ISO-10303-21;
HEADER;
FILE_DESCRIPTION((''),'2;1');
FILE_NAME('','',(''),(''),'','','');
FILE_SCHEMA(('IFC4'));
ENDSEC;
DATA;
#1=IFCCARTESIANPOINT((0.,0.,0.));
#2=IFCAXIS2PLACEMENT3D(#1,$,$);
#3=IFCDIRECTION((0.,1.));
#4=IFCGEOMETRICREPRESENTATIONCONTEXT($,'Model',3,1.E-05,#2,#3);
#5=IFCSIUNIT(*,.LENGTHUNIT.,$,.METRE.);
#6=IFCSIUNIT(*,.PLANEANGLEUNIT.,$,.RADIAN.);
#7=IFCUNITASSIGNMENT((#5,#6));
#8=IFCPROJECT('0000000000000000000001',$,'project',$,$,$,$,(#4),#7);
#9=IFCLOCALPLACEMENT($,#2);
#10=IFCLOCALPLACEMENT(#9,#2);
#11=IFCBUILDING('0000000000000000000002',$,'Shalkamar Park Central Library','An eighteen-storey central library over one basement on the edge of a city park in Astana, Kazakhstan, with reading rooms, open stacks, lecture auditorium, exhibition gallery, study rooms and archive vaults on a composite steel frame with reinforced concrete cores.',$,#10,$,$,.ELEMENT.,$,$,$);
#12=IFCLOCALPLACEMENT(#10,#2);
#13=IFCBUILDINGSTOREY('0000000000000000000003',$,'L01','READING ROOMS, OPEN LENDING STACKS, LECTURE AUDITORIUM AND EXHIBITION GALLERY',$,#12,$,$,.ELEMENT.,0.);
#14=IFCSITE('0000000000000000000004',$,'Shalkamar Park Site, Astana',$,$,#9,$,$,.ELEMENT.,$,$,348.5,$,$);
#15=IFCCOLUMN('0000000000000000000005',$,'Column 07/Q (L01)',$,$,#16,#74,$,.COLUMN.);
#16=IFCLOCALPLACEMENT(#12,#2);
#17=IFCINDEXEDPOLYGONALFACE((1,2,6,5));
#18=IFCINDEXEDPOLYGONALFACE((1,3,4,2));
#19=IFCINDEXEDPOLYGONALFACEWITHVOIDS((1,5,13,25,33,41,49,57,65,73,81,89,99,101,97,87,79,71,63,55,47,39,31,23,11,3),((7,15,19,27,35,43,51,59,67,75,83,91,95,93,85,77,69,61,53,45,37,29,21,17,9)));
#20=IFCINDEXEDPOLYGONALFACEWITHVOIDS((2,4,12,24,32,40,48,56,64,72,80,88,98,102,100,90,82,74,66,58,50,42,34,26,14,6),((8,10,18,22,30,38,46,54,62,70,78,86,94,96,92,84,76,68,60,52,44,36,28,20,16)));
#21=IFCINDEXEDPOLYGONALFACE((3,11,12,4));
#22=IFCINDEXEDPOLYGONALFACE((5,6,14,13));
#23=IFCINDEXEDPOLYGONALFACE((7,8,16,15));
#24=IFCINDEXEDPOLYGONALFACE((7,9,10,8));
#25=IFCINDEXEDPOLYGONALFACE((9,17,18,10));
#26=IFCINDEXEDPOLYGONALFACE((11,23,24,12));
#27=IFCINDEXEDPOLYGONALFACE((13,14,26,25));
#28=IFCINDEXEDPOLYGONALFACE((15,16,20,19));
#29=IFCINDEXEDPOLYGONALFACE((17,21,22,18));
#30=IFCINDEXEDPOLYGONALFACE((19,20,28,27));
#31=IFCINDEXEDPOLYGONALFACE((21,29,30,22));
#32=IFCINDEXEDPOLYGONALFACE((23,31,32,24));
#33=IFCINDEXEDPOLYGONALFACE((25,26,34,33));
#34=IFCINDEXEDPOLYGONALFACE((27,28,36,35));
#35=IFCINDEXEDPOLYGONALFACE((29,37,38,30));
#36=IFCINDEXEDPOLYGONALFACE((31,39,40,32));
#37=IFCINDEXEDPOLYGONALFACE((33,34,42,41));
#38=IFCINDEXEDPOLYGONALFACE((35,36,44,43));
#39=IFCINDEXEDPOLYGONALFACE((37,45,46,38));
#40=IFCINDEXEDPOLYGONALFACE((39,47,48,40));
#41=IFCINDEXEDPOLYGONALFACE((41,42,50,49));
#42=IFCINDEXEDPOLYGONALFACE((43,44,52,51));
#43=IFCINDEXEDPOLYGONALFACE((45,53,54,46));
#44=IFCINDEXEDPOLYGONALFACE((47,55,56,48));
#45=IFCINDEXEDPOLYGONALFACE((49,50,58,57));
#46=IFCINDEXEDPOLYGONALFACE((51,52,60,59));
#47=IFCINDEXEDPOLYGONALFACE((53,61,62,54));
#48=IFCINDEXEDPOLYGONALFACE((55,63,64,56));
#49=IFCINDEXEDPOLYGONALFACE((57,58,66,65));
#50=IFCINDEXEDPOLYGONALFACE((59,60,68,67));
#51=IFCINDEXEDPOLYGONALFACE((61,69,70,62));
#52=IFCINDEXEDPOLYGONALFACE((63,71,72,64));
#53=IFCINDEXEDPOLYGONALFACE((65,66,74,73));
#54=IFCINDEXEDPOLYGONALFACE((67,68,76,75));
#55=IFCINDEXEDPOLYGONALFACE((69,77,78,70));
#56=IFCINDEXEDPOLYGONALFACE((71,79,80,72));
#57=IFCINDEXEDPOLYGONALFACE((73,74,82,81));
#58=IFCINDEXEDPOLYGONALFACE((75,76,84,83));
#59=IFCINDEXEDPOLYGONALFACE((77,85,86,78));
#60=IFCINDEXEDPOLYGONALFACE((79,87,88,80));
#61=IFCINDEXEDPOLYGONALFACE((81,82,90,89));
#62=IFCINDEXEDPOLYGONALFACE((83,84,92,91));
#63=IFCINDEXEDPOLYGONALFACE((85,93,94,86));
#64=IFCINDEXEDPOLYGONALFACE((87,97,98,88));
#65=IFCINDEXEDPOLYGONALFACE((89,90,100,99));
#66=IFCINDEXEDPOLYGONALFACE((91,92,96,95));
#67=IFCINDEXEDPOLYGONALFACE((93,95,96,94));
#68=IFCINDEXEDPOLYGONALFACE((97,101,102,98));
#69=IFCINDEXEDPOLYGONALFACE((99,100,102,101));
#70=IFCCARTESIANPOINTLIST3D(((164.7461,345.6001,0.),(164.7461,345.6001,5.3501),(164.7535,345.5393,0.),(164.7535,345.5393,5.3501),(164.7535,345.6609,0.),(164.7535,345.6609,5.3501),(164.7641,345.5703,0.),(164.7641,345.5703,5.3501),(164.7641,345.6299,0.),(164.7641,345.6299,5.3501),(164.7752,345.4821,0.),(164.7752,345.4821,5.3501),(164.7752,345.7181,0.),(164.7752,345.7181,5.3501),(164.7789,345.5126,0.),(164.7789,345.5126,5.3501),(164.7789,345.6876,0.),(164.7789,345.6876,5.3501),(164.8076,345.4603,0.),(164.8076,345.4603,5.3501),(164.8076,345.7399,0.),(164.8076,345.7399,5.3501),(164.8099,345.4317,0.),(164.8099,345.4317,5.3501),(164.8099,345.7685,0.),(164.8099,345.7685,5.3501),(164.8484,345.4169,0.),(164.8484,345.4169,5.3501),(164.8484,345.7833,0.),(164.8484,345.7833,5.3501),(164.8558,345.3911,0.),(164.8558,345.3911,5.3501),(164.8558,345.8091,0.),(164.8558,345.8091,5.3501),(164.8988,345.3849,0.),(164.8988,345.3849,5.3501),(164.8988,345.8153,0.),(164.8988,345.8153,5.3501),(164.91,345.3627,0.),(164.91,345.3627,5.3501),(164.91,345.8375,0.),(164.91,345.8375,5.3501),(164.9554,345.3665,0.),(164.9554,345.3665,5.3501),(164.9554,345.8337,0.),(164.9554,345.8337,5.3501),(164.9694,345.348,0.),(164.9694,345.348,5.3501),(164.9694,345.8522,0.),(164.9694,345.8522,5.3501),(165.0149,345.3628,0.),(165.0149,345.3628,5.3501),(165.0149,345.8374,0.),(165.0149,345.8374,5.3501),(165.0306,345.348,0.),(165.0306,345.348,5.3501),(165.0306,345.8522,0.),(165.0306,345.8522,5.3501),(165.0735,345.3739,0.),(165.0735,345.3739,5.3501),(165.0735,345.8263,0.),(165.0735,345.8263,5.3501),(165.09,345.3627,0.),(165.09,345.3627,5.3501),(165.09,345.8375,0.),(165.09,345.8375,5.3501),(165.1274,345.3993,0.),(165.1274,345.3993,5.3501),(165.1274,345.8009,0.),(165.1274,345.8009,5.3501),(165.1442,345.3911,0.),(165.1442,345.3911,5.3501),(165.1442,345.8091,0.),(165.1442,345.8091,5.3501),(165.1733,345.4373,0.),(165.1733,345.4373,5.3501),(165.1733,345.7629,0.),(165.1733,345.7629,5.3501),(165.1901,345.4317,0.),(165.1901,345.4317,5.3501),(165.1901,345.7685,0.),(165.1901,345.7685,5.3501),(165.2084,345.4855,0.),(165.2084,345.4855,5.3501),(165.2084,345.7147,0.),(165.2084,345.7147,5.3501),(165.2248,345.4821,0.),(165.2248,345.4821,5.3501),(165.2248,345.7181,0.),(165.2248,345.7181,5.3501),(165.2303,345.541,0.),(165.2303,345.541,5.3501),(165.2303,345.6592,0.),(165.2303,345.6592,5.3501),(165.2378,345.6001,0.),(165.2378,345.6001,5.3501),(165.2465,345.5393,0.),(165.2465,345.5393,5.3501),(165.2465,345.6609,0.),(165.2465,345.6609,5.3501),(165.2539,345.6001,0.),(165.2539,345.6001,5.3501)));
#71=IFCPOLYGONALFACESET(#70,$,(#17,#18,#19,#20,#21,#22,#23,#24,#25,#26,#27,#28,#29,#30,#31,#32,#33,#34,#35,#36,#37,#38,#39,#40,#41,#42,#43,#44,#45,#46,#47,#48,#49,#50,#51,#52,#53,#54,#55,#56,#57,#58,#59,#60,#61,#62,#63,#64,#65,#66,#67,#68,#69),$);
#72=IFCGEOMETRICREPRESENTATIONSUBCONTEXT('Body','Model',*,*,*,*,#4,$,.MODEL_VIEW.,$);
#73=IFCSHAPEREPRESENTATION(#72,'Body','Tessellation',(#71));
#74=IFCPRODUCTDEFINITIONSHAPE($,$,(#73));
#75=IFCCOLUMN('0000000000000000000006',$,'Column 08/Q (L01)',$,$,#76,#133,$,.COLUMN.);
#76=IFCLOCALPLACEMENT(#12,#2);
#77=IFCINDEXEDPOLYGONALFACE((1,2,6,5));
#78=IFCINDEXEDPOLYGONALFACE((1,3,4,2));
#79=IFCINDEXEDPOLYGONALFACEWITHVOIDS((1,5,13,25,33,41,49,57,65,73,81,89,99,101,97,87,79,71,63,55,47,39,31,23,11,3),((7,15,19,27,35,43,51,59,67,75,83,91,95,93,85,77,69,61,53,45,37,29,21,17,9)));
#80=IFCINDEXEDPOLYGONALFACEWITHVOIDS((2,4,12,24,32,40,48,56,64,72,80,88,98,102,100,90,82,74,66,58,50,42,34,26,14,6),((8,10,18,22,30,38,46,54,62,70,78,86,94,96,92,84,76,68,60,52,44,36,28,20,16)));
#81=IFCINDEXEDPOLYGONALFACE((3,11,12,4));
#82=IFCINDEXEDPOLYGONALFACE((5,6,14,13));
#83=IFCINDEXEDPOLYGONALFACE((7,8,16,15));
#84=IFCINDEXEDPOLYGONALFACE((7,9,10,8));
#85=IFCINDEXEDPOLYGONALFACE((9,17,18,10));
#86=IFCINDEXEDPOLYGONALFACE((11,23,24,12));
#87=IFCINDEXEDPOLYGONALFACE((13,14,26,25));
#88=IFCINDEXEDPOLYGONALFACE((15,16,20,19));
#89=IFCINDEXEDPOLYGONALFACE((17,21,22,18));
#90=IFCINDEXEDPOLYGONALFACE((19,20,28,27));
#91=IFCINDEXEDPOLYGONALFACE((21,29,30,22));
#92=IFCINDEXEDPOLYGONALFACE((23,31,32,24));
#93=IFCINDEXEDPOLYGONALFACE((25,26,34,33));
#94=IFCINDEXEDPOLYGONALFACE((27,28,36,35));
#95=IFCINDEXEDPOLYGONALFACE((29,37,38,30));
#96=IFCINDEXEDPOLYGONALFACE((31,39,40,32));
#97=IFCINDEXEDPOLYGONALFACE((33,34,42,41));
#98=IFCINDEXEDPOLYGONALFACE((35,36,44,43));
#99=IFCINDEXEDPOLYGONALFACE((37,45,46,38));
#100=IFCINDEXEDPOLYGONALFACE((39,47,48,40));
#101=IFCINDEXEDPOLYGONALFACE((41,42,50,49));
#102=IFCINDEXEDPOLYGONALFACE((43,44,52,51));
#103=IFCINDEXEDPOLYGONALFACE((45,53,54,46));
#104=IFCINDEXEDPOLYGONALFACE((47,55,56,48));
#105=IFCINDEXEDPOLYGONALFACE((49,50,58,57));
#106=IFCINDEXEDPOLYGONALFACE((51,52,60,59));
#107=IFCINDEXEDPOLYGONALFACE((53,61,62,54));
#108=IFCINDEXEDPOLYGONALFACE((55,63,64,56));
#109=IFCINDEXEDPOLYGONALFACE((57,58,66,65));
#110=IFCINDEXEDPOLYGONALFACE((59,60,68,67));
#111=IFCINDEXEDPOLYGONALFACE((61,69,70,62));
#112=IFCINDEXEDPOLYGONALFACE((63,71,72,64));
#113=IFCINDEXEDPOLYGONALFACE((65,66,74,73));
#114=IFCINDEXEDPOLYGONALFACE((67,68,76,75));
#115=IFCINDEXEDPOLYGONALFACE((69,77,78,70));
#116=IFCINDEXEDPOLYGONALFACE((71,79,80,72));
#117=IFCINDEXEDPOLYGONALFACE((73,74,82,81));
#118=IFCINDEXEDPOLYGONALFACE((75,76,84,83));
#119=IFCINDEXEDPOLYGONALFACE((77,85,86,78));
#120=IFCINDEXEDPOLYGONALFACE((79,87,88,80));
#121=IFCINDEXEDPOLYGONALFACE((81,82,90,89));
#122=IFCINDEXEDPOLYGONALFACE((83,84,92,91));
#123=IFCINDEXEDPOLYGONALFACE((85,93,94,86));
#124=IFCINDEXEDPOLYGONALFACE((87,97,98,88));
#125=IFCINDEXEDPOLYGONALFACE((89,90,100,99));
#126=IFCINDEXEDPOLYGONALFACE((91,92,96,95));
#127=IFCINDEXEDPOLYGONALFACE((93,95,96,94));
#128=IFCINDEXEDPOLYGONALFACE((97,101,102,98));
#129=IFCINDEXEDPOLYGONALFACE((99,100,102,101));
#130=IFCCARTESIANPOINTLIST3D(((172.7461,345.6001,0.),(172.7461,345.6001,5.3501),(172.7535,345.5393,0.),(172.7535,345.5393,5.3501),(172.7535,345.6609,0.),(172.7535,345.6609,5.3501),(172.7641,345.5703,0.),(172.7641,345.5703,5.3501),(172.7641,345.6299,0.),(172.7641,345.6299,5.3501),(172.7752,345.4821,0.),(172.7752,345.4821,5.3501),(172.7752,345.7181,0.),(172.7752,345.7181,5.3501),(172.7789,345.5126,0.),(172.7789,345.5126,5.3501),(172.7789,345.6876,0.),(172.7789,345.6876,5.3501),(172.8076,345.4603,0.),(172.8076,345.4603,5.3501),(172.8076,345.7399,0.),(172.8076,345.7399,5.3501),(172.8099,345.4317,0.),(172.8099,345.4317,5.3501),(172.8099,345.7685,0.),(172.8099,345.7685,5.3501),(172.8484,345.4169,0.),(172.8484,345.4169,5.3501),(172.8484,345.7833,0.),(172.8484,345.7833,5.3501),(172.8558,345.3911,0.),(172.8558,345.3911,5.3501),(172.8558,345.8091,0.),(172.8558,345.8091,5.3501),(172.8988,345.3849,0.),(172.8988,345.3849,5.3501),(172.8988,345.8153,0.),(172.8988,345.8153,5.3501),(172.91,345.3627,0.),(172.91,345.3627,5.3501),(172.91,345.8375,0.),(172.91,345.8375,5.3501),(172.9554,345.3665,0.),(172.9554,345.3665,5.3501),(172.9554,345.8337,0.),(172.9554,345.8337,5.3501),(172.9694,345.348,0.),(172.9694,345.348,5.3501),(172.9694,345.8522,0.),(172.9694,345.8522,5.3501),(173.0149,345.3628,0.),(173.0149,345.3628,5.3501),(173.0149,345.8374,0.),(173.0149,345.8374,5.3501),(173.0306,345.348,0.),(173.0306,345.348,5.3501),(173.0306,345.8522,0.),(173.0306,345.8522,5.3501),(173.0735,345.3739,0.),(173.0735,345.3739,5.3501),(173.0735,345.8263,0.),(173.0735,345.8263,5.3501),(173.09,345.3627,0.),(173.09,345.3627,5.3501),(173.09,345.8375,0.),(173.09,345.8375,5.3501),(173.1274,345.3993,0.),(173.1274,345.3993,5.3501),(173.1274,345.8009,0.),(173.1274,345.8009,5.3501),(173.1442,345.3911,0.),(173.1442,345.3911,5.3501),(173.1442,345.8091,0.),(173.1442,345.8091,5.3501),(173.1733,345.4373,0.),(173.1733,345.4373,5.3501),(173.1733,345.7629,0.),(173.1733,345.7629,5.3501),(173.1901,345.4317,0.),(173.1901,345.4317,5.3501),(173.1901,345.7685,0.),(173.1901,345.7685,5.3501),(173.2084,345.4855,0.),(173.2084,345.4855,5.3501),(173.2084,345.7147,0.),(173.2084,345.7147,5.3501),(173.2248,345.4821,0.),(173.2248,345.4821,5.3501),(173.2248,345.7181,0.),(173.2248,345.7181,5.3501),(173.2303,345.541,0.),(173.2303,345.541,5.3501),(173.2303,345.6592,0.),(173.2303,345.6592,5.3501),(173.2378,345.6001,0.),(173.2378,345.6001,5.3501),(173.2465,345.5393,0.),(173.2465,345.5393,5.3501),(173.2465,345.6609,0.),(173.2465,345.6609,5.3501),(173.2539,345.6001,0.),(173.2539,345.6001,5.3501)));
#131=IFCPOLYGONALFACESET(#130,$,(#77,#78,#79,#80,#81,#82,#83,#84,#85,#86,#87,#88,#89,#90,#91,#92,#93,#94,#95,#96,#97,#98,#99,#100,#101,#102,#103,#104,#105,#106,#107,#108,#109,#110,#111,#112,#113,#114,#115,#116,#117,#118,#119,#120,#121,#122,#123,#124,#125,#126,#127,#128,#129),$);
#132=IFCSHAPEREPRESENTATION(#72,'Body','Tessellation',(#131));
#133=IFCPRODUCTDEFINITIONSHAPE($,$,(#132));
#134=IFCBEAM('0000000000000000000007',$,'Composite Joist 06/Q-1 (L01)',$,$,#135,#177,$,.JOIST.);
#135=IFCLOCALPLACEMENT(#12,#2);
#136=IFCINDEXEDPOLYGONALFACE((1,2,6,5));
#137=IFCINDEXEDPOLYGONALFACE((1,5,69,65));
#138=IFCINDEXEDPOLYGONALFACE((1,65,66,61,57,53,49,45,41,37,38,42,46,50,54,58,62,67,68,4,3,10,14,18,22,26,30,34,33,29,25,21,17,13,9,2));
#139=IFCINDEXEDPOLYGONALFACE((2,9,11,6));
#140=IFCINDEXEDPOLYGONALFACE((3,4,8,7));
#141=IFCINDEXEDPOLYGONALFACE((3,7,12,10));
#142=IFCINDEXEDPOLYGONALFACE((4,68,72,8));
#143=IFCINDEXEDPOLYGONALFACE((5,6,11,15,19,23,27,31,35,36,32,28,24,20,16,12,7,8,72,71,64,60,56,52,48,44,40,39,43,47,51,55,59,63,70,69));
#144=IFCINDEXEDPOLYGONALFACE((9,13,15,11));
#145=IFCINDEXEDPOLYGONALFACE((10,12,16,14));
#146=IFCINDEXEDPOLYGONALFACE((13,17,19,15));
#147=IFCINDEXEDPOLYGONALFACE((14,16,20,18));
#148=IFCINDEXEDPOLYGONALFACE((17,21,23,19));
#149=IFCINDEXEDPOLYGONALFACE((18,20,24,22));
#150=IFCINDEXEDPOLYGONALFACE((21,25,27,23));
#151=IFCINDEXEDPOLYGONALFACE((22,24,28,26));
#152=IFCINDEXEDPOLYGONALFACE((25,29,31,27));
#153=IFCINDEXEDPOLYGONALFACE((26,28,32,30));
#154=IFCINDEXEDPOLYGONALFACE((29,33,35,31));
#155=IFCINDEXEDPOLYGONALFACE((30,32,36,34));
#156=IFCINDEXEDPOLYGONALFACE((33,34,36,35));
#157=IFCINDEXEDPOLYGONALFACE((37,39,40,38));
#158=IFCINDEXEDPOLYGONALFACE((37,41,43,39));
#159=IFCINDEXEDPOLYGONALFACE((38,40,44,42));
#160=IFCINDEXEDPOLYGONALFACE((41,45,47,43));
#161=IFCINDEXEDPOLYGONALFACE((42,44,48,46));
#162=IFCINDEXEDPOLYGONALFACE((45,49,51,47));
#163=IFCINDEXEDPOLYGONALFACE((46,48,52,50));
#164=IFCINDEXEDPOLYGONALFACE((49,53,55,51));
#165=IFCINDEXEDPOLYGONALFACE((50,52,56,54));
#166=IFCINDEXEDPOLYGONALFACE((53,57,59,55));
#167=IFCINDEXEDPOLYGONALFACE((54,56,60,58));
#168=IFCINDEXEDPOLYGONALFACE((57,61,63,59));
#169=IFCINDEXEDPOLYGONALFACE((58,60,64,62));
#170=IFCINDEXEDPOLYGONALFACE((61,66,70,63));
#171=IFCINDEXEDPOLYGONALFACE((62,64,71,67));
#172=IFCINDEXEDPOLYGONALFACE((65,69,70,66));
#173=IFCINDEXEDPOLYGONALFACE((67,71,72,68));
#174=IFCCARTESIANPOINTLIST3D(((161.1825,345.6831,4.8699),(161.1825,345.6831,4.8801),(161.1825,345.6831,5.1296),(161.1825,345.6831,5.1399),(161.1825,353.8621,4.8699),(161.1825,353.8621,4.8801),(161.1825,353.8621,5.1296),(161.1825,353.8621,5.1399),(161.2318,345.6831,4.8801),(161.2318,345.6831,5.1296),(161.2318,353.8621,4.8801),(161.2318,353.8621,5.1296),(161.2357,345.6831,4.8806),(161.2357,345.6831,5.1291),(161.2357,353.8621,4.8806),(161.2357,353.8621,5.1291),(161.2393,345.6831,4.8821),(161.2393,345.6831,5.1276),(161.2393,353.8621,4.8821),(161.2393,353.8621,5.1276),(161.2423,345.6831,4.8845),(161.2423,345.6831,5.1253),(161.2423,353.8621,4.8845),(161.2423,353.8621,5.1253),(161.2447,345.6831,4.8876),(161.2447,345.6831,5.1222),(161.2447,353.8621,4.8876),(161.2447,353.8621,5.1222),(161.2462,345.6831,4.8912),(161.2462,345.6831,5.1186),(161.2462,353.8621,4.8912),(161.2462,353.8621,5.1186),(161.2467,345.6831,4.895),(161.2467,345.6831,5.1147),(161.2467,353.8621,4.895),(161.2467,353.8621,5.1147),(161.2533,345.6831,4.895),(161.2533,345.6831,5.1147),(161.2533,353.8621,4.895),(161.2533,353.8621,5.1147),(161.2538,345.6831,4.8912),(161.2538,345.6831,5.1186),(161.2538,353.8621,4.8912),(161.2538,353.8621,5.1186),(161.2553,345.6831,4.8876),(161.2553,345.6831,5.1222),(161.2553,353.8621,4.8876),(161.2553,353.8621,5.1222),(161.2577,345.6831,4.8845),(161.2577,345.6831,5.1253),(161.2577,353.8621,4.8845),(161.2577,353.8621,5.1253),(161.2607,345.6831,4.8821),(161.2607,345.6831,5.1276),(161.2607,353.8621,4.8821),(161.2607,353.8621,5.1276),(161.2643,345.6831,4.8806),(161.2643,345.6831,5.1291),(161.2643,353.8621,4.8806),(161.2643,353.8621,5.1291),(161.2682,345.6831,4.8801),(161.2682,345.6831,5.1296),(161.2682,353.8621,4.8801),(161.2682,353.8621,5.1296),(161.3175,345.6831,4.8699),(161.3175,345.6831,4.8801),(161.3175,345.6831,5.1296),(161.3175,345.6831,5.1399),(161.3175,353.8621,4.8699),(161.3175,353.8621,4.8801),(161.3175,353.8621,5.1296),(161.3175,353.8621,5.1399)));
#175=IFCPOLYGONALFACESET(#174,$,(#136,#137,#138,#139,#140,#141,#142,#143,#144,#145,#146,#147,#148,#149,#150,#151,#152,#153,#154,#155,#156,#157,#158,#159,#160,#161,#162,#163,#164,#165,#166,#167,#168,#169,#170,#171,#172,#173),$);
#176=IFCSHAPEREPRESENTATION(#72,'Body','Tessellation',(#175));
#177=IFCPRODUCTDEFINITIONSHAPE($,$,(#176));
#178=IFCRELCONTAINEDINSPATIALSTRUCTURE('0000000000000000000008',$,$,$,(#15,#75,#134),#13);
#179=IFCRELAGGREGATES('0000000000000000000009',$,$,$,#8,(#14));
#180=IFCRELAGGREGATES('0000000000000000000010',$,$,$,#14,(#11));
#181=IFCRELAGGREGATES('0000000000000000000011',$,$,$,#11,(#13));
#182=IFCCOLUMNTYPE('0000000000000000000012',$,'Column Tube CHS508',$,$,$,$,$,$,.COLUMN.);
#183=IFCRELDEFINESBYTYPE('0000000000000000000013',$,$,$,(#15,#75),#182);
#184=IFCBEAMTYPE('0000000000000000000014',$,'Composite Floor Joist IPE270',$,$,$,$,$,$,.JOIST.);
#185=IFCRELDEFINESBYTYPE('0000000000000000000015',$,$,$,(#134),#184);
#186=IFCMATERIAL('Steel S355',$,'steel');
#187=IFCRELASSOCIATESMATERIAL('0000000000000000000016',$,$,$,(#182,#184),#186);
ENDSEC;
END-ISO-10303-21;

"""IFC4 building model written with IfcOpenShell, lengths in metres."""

from ifc_helpers import new_model, si_unit, direction, frame, origin, origin_2d, place, context, subcontext, project, spatial, hollow_circle, i_section, extrude, material, material_profile, profile_set, type_object, element, save


model = new_model("IFC4")

# Units and contexts
model_context = context("Model", 3, precision=1e-05, world=origin(), true_north=direction((0.0, 1.0)))
body_context = subcontext(model_context, "Body", "Model", "MODEL_VIEW")
ifc_project = project(units=[si_unit("LENGTHUNIT", "METRE"), si_unit("PLANEANGLEUNIT", "RADIAN")], contexts=[model_context])

# Site, building, storey
site_placement = place(None, origin())
site = spatial("IfcSite", under=ifc_project, at=site_placement, Name="Shalkamar Park Site, Astana", CompositionType="ELEMENT", RefElevation=348.5)
building_placement = place(site_placement, origin())
building = spatial("IfcBuilding", under=site, at=building_placement, Name="Shalkamar Park Central Library", Description="An eighteen-storey central library over one basement on the edge of a city park in Astana, Kazakhstan, with reading rooms, open stacks, lecture auditorium, exhibition gallery, study rooms and archive vaults on a composite steel frame with reinforced concrete cores.", CompositionType="ELEMENT")
storey_placement = place(building_placement, origin())
storey = spatial("IfcBuildingStorey", under=building, at=storey_placement, Name="L01", Description="READING ROOMS, OPEN LENDING STACKS, LECTURE AUDITORIUM AND EXHIBITION GALLERY", CompositionType="ELEMENT", Elevation=0.0)

# Columns
ifc_material_1 = material(Name="Steel S355", Category="steel")
ifc_material_profile_1 = material_profile(ifc_material_1, hollow_circle(Radius=0.2539, WallThickness=0.0161, at=origin_2d()), Name="CHS 508x16")
ifc_profile_set_1 = profile_set([ifc_material_profile_1], Name="Steel S355")
column_type = type_object("IfcColumnType", Name="Column Tube CHS508", PredefinedType="COLUMN", material=ifc_profile_set_1)
for number, where, z_axis, x_axis, name in (
    (1, (165.0, 345.6001, 0.0), (0.0, 0.0, 1.0), (1.0, 0.0, 0.0), "Column 07/Q (L01)"),
    (2, (173.0, 345.6001, 0.0), (0.0, 0.0, 1.0), (1.0, 0.0, 0.0), "Column 08/Q (L01)"),
):
    element("IfcColumn", number, at=place(storey_placement, frame(where, z_axis=z_axis, x_axis=x_axis)), inside=storey, type_object=column_type, Name=name, PredefinedType="COLUMN", context=body_context, shape_type="SweptSolid", body=[
        extrude(hollow_circle(Radius=0.2539, WallThickness=0.0161, at=origin_2d()), origin(), (0.0, 0.0, 1.0), 5.3501),
    ])

# Beam
ifc_material_profile_2 = material_profile(ifc_material_1, i_section(OverallWidth=0.135, OverallDepth=0.27, WebThickness=0.0066, FlangeThickness=0.0103, FilletRadius=0.0149, at=origin_2d()), Name="IPE 270")
ifc_profile_set_2 = profile_set([ifc_material_profile_2], Name="Steel S355")
beam_type_1 = type_object("IfcBeamType", Name="Composite Floor Joist IPE270", PredefinedType="JOIST", material=ifc_profile_set_2)
beam_1_placement = place(storey_placement, frame((161.25, 345.6831, 5.0049), z_axis=(0.0, 1.0, 0.0), x_axis=(-1.0, 0.0, 0.0)))
element("IfcBeam", 3, at=beam_1_placement, inside=storey, type_object=beam_type_1, Name="Composite Joist 06/Q-1 (L01)", PredefinedType="JOIST", context=body_context, shape_type="SweptSolid", body=[
    extrude(i_section(OverallWidth=0.135, OverallDepth=0.27, WebThickness=0.0066, FlangeThickness=0.0103, FilletRadius=0.0149, at=origin_2d()), origin(), (0.0, 0.0, 1.0), 8.179),
])

save(model, "model.ifc")
